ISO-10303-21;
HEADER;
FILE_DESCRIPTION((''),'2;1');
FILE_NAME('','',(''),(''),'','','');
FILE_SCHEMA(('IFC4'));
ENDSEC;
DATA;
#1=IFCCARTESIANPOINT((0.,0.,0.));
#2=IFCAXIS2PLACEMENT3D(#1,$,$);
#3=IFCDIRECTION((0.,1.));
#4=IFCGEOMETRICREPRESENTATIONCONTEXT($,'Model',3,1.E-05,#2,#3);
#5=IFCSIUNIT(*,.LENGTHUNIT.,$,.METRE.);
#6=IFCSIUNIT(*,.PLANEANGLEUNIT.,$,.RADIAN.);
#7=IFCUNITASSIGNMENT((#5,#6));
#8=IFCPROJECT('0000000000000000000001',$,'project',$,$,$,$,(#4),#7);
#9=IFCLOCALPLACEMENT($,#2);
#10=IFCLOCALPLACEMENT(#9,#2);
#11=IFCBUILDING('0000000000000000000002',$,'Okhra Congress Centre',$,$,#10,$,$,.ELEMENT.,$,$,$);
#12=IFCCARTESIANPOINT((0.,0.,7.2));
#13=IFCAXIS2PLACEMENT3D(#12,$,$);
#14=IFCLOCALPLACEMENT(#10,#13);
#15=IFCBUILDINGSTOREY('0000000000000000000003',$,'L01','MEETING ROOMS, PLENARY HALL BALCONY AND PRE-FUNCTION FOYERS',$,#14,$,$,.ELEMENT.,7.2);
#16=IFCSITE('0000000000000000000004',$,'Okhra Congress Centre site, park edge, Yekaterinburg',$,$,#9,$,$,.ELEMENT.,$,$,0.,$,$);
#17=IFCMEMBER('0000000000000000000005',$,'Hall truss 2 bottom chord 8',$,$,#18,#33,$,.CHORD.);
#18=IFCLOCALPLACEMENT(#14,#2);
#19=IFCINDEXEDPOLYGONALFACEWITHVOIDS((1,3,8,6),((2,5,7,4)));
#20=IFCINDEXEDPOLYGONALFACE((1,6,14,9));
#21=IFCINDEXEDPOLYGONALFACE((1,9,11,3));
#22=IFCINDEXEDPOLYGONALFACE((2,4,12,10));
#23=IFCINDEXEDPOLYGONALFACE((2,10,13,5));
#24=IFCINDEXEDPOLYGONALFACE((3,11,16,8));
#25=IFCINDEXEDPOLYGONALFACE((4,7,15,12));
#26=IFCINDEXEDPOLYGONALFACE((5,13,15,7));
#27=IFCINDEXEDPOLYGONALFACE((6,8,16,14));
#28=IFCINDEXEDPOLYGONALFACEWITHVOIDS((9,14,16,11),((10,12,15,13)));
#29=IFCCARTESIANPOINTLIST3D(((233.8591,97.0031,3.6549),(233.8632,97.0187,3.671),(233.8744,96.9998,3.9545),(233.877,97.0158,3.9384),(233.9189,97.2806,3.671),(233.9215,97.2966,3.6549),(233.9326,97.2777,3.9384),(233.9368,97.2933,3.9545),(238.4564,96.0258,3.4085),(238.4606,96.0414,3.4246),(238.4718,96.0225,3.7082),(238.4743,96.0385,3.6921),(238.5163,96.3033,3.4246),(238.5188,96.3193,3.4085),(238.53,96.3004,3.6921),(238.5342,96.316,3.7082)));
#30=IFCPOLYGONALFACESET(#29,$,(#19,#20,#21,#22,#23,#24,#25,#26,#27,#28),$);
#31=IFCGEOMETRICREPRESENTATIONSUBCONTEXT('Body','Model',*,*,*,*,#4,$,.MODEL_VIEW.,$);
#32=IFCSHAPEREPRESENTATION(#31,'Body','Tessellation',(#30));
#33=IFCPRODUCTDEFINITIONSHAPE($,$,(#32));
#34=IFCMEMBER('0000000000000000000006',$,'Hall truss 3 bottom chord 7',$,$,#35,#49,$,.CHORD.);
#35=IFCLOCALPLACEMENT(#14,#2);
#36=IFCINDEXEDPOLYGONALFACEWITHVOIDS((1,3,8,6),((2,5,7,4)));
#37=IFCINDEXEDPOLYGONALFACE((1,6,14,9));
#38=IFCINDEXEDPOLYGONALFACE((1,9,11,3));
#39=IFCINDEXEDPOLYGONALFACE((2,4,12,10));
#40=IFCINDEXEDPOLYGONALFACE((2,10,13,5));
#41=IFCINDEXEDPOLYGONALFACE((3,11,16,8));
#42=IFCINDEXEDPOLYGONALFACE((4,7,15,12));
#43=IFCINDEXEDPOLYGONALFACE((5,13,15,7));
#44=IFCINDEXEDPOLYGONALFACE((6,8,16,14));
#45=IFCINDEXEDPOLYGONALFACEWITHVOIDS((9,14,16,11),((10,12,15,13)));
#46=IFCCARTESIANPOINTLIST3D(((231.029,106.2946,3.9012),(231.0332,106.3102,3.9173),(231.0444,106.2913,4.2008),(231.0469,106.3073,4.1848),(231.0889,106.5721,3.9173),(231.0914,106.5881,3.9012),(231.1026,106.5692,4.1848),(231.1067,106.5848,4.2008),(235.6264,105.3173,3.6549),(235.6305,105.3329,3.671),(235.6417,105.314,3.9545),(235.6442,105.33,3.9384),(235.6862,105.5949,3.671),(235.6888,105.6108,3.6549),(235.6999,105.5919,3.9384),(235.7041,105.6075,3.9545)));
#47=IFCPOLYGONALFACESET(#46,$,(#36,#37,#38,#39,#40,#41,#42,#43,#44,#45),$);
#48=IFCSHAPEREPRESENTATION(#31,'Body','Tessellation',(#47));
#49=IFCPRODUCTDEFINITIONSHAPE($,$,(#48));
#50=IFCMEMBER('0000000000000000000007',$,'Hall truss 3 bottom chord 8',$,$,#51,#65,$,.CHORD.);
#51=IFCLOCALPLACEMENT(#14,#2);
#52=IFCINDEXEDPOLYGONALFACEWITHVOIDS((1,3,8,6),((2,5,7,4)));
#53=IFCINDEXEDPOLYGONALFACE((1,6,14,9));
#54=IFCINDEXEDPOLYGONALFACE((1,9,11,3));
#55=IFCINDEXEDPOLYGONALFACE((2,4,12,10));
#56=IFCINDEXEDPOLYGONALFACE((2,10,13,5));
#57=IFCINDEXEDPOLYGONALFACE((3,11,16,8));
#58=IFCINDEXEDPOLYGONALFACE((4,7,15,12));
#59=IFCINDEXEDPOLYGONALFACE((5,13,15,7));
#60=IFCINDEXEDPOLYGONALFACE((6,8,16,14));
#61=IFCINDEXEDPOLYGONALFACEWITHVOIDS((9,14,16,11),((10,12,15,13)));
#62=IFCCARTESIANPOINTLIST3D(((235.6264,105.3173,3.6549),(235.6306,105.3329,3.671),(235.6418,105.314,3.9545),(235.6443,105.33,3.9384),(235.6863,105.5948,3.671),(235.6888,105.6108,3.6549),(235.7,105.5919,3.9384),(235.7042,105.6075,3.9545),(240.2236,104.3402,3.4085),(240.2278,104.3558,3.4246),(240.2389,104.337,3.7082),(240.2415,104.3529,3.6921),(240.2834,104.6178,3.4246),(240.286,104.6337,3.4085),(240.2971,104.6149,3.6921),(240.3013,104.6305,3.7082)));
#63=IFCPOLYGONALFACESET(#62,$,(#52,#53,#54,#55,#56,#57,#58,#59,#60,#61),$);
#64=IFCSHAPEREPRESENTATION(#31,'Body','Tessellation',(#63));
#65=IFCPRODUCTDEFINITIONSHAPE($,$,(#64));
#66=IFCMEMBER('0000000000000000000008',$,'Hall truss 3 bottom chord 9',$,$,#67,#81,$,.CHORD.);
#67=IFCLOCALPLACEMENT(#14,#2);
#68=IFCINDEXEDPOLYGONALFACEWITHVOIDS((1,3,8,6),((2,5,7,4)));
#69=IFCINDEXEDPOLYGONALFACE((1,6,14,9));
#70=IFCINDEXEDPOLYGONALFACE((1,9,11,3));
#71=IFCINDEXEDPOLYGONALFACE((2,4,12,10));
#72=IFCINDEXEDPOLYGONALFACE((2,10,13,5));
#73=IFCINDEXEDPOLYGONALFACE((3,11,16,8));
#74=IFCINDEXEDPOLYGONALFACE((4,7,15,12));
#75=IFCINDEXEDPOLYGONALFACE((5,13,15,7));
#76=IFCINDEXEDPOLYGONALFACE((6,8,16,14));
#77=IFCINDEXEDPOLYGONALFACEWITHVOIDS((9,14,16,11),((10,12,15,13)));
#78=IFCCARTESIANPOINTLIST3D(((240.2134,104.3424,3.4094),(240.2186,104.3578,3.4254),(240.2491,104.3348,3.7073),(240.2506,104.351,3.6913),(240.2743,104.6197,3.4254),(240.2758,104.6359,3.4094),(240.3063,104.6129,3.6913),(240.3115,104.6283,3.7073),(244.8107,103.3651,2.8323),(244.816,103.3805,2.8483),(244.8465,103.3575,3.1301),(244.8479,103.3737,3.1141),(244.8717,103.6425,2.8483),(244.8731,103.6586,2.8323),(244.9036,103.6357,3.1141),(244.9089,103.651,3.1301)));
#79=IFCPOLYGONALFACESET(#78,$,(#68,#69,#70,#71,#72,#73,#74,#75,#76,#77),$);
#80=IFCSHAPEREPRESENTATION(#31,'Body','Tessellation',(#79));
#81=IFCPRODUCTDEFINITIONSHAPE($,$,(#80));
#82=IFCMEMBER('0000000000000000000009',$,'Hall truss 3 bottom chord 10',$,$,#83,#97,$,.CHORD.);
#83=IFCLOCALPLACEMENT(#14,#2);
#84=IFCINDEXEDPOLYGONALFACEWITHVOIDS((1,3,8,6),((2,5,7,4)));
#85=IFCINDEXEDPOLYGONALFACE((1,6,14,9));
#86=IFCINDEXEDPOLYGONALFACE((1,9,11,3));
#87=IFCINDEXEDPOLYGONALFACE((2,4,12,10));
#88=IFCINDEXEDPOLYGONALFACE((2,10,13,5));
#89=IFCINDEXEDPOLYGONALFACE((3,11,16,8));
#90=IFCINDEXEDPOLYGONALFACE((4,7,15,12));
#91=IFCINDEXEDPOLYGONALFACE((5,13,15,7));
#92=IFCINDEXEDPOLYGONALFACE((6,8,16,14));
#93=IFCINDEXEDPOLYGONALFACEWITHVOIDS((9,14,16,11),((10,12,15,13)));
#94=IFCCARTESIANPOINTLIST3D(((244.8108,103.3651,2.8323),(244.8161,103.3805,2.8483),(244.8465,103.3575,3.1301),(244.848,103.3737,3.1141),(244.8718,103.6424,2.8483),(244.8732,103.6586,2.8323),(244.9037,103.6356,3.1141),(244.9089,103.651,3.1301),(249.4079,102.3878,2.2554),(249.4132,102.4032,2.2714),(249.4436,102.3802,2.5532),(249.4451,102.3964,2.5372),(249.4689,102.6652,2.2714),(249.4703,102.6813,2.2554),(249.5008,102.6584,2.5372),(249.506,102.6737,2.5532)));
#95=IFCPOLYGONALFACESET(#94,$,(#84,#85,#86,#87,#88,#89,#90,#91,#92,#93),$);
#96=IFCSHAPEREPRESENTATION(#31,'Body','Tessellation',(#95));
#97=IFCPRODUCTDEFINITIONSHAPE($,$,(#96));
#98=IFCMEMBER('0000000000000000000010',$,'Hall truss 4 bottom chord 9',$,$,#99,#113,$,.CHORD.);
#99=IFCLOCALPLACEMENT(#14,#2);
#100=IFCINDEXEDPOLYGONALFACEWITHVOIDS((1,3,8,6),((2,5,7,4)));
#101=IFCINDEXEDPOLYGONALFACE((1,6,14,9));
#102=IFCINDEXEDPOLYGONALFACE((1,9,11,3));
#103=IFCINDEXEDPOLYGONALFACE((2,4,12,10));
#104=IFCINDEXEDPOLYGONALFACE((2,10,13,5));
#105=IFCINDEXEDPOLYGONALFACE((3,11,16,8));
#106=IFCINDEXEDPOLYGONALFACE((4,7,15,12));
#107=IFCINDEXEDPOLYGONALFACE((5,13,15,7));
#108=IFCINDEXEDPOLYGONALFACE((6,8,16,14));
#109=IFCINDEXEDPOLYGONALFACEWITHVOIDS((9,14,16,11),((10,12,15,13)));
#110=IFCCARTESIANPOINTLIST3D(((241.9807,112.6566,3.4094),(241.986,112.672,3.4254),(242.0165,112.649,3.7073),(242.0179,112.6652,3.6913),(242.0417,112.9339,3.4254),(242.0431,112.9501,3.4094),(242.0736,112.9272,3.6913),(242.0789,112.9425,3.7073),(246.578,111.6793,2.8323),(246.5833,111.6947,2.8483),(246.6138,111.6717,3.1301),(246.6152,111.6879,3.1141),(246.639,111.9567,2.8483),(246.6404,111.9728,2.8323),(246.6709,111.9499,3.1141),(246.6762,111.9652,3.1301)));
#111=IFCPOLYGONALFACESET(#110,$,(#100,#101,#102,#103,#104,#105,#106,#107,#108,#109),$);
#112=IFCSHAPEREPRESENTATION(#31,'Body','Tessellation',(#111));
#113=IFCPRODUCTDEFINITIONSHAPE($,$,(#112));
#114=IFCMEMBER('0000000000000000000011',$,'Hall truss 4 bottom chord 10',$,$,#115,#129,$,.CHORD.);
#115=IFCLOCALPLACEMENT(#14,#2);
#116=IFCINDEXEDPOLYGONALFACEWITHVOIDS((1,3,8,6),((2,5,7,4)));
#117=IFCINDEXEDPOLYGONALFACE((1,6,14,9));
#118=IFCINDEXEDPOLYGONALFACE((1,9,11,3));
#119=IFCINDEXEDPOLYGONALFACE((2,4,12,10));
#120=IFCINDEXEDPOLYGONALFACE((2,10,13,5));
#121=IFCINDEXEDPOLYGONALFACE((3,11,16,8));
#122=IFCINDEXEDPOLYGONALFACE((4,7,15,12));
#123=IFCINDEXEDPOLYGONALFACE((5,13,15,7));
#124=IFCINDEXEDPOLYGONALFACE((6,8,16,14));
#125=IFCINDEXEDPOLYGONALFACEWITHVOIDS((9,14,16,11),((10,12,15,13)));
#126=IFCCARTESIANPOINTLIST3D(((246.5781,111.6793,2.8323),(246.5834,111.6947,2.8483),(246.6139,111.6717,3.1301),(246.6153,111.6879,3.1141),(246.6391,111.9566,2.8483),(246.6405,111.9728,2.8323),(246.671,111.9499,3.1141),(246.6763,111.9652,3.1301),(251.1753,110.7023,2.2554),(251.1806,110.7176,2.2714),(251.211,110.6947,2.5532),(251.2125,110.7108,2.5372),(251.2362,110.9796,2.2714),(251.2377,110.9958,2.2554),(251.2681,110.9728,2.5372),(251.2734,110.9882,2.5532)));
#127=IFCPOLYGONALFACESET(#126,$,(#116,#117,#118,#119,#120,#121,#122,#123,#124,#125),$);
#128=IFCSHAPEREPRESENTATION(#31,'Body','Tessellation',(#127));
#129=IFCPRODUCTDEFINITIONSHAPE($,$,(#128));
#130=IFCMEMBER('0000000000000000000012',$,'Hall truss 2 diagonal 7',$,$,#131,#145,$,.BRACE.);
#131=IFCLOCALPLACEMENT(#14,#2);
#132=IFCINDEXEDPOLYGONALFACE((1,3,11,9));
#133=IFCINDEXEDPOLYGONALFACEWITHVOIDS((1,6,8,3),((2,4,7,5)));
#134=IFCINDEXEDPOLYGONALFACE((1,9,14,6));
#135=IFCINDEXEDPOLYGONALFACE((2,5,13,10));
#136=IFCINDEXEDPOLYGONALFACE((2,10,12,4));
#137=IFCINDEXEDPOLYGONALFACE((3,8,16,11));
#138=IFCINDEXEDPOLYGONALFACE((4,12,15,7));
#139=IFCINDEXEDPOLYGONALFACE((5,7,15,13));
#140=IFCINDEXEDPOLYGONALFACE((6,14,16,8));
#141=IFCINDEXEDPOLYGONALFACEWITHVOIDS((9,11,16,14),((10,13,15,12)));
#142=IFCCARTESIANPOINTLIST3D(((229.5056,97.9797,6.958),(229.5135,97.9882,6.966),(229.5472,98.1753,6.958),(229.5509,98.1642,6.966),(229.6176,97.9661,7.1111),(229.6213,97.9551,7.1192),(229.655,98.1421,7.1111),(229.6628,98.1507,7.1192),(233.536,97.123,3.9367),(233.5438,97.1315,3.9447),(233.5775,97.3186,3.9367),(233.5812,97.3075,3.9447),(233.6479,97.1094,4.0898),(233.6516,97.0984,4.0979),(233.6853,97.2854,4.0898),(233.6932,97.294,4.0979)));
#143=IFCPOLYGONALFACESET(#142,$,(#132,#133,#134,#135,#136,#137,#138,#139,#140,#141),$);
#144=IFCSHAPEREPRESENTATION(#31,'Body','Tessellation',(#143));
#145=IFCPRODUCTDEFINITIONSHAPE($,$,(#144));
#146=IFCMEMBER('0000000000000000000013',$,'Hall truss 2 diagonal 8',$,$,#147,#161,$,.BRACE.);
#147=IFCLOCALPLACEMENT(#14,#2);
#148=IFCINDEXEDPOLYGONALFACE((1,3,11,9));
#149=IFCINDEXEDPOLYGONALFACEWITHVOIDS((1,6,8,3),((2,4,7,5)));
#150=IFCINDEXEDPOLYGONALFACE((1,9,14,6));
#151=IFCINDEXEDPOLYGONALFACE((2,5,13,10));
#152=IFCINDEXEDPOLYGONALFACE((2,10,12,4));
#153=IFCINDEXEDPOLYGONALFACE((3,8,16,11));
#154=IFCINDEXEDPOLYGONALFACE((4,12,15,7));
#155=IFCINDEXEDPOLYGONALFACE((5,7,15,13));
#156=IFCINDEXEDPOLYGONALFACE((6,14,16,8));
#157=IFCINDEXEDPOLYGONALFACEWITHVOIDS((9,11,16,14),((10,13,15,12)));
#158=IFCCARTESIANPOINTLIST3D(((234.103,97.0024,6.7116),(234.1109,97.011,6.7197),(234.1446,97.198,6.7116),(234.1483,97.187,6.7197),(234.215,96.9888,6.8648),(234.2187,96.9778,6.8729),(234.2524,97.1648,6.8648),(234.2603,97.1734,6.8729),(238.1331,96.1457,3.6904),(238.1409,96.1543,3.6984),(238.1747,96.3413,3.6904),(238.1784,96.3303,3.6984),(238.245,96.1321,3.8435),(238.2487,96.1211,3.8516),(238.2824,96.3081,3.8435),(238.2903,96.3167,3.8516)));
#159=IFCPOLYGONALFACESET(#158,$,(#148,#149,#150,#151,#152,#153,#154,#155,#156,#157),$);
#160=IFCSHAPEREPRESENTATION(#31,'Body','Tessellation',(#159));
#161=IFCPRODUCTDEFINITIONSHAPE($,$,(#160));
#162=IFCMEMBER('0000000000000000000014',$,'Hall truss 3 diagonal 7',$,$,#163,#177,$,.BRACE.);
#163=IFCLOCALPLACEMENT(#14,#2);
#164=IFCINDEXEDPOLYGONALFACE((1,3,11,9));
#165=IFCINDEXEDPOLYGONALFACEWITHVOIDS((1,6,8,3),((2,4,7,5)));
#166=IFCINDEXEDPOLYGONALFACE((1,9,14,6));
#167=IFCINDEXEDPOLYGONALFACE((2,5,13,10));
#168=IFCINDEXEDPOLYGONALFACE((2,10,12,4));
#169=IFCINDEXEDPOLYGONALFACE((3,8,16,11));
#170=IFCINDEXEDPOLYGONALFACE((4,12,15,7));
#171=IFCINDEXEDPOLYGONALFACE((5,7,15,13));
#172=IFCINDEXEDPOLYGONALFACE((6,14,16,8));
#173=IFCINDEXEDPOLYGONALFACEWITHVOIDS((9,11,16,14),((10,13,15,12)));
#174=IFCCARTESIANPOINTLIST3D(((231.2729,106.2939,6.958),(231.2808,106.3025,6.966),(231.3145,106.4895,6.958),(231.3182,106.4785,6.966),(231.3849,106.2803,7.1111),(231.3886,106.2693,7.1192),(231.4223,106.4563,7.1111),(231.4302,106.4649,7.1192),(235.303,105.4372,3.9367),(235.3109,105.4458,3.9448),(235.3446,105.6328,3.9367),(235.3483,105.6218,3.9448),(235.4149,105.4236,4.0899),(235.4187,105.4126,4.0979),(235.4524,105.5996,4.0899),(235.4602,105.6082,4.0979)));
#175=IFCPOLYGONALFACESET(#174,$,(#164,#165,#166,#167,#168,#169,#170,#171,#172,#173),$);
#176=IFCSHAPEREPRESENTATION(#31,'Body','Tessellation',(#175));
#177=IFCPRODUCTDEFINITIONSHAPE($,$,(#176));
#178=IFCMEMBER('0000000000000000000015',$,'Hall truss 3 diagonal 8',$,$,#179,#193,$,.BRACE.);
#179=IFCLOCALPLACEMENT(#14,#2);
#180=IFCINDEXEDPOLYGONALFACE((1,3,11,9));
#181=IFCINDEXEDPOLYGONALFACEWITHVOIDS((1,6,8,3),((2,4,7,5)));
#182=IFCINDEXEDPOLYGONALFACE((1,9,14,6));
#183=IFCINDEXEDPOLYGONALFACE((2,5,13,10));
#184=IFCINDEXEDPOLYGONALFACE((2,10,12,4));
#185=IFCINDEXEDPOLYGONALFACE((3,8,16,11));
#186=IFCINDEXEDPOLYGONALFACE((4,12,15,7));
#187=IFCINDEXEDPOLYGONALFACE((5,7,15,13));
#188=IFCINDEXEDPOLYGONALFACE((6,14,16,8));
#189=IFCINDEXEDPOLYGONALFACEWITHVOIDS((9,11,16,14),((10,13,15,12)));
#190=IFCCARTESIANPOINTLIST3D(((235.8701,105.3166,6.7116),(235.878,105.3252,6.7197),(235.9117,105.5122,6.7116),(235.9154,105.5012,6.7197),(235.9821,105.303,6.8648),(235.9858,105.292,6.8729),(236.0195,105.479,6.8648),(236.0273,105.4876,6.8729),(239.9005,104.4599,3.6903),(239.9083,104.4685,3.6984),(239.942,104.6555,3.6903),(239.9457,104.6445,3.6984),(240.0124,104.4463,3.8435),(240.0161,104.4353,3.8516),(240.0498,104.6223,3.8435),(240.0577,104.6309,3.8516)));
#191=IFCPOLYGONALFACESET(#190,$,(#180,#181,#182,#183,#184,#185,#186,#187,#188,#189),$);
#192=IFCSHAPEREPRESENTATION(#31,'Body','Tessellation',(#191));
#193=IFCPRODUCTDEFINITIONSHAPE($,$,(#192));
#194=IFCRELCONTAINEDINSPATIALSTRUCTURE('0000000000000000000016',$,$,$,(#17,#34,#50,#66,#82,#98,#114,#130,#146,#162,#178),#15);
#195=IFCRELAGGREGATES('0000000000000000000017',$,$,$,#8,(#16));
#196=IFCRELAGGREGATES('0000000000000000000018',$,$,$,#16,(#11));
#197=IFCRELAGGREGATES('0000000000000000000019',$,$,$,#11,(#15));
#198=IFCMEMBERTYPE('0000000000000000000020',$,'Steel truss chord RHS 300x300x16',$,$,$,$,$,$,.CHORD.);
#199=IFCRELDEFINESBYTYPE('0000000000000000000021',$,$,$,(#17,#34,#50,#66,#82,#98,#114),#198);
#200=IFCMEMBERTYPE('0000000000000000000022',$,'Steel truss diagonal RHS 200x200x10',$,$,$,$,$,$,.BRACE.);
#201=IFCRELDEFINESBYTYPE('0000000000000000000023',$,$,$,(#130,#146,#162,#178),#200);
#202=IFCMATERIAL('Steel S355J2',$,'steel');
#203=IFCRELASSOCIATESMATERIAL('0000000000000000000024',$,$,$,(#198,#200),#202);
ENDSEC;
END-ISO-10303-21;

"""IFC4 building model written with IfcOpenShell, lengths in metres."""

from ifc_helpers import new_model, si_unit, direction, frame, origin, origin_2d, place, context, subcontext, project, spatial, hollow_rectangle, extrude, material, material_profile, profile_set, type_object, element, save


model = new_model("IFC4")

# Units and contexts
model_context = context("Model", 3, precision=1e-05, world=origin(), true_north=direction((0.0, 1.0)))
body_context = subcontext(model_context, "Body", "Model", "MODEL_VIEW")
ifc_project = project(units=[si_unit("LENGTHUNIT", "METRE"), si_unit("PLANEANGLEUNIT", "RADIAN")], contexts=[model_context])

# Site, building, storey
site_placement = place(None, origin())
site = spatial("IfcSite", under=ifc_project, at=site_placement, Name="Okhra Congress Centre site, park edge, Yekaterinburg", CompositionType="ELEMENT", RefElevation=0.0)
building_placement = place(site_placement, origin())
building = spatial("IfcBuilding", under=site, at=building_placement, Name="Okhra Congress Centre", CompositionType="ELEMENT")
storey_placement = place(building_placement, frame((0.0, 0.0, 7.2)))
storey = spatial("IfcBuildingStorey", under=building, at=storey_placement, Name="L01", Description="MEETING ROOMS, PLENARY HALL BALCONY AND PRE-FUNCTION FOYERS", CompositionType="ELEMENT", Elevation=7.2)

# Members
ifc_material = material(Name="Steel S355J2", Category="steel")
ifc_material_profile_1 = material_profile(ifc_material, hollow_rectangle(XDim=0.3, YDim=0.3, WallThickness=0.0161, at=origin_2d()), Name="RHS 300x300x16")
ifc_profile_set_1 = profile_set([ifc_material_profile_1], Name="Steel S355J2")
member_type_1 = type_object("IfcMemberType", Name="Steel truss chord RHS 300x300x16", PredefinedType="CHORD", material=ifc_profile_set_1)
for number, where, z_axis, x_axis, name in (
    (1, (233.8979, 97.1482, 3.8047), (0.976803, -0.207644, -0.052339), (0.207929, 0.978144, 0.0), "Hall truss 2 bottom chord 8"),
    (2, (231.0679, 106.4397, 4.051), (0.976803, -0.207644, -0.052339), (0.207929, 0.978144, 0.0), "Hall truss 3 bottom chord 7"),
):
    element("IfcMember", number, at=place(storey_placement, frame(where, z_axis=z_axis, x_axis=x_axis)), inside=storey, type_object=member_type_1, Name=name, PredefinedType="CHORD", context=body_context, shape_type="SweptSolid", body=[
        extrude(hollow_rectangle(XDim=0.3, YDim=0.3, WallThickness=0.0161, at=origin_2d()), origin(), (0.0, 0.0, 1.0), 4.7065),
    ])
member_1_placement = place(storey_placement, frame((235.6653, 105.4624, 3.8047), z_axis=(0.976811, -0.207605, -0.052342), x_axis=(0.20789, 0.978152, 0.0)))
element("IfcMember", 3, at=member_1_placement, inside=storey, type_object=member_type_1, Name="Hall truss 3 bottom chord 8", PredefinedType="CHORD", context=body_context, shape_type="SweptSolid", body=[
    extrude(hollow_rectangle(XDim=0.3, YDim=0.3, WallThickness=0.0161, at=origin_2d()), origin(), (0.0, 0.0, 1.0), 4.7063),
])
member_2_placement = place(storey_placement, frame((240.2625, 104.4854, 3.5583), z_axis=(0.970852, -0.206379, -0.121878), x_axis=(0.207929, 0.978144, 0.0)))
element("IfcMember", 4, at=member_2_placement, inside=storey, type_object=member_type_1, Name="Hall truss 3 bottom chord 9", PredefinedType="CHORD", context=body_context, shape_type="SweptSolid", body=[
    extrude(hollow_rectangle(XDim=0.3, YDim=0.3, WallThickness=0.0161, at=origin_2d()), origin(), (0.0, 0.0, 1.0), 4.7354),
])
member_3_placement = place(storey_placement, frame((244.8599, 103.5081, 2.9812), z_axis=(0.970855, -0.20639, -0.121834), x_axis=(0.20794, 0.978142, 0.0)))
element("IfcMember", 5, at=member_3_placement, inside=storey, type_object=member_type_1, Name="Hall truss 3 bottom chord 10", PredefinedType="CHORD", context=body_context, shape_type="SweptSolid", body=[
    extrude(hollow_rectangle(XDim=0.3, YDim=0.3, WallThickness=0.0161, at=origin_2d()), origin(), (0.0, 0.0, 1.0), 4.7351),
])
member_4_placement = place(storey_placement, frame((242.0298, 112.7996, 3.5583), z_axis=(0.970852, -0.206379, -0.121878), x_axis=(0.207929, 0.978144, 0.0)))
element("IfcMember", 6, at=member_4_placement, inside=storey, type_object=member_type_1, Name="Hall truss 4 bottom chord 9", PredefinedType="CHORD", context=body_context, shape_type="SweptSolid", body=[
    extrude(hollow_rectangle(XDim=0.3, YDim=0.3, WallThickness=0.0161, at=origin_2d()), origin(), (0.0, 0.0, 1.0), 4.7354),
])
member_5_placement = place(storey_placement, frame((246.6272, 111.8223, 2.9812), z_axis=(0.970865, -0.206341, -0.121835), x_axis=(0.20789, 0.978152, 0.0)))
element("IfcMember", 7, at=member_5_placement, inside=storey, type_object=member_type_1, Name="Hall truss 4 bottom chord 10", PredefinedType="CHORD", context=body_context, shape_type="SweptSolid", body=[
    extrude(hollow_rectangle(XDim=0.3, YDim=0.3, WallThickness=0.0161, at=origin_2d()), origin(), (0.0, 0.0, 1.0), 4.7351),
])
ifc_material_profile_2 = material_profile(ifc_material, hollow_rectangle(XDim=0.2, YDim=0.2, WallThickness=0.01, at=origin_2d()), Name="RHS 200x200x10 diagonal")
ifc_profile_set_2 = profile_set([ifc_material_profile_2], Name="Steel S355J2")
member_type_2 = type_object("IfcMemberType", Name="Steel truss diagonal RHS 200x200x10", PredefinedType="BRACE", material=ifc_profile_set_2)
member_6_placement = place(storey_placement, frame((229.5842, 98.0652, 7.0386), z_axis=(0.788812, -0.167673, -0.591322), x_axis=(0.207918, 0.978146, 0.0)))
element("IfcMember", 8, at=member_6_placement, inside=storey, type_object=member_type_2, Name="Hall truss 2 diagonal 7", PredefinedType="BRACE", context=body_context, shape_type="SweptSolid", body=[
    extrude(hollow_rectangle(XDim=0.2, YDim=0.2, WallThickness=0.01, at=origin_2d()), origin(), (0.0, 0.0, 1.0), 5.1094),
])
for number, where, z_axis, x_axis, name in (
    (9, (234.1816, 97.0879, 6.7922), (0.788794, -0.167679, -0.591344), (0.20793, 0.978144, 0.0), "Hall truss 2 diagonal 8"),
    (10, (231.3516, 106.3794, 7.0386), (0.788794, -0.167679, -0.591344), (0.20793, 0.978144, 0.0), "Hall truss 3 diagonal 7"),
):
    element("IfcMember", number, at=place(storey_placement, frame(where, z_axis=z_axis, x_axis=x_axis)), inside=storey, type_object=member_type_2, Name=name, PredefinedType="BRACE", context=body_context, shape_type="SweptSolid", body=[
        extrude(hollow_rectangle(XDim=0.2, YDim=0.2, WallThickness=0.01, at=origin_2d()), origin(), (0.0, 0.0, 1.0), 5.1091),
    ])
member_7_placement = place(storey_placement, frame((235.9487, 105.4021, 6.7922), z_axis=(0.788812, -0.167673, -0.591322), x_axis=(0.207918, 0.978146, 0.0)))
element("IfcMember", 11, at=member_7_placement, inside=storey, type_object=member_type_2, Name="Hall truss 3 diagonal 8", PredefinedType="BRACE", context=body_context, shape_type="SweptSolid", body=[
    extrude(hollow_rectangle(XDim=0.2, YDim=0.2, WallThickness=0.01, at=origin_2d()), origin(), (0.0, 0.0, 1.0), 5.1094),
])

save(model, "model.ifc")
